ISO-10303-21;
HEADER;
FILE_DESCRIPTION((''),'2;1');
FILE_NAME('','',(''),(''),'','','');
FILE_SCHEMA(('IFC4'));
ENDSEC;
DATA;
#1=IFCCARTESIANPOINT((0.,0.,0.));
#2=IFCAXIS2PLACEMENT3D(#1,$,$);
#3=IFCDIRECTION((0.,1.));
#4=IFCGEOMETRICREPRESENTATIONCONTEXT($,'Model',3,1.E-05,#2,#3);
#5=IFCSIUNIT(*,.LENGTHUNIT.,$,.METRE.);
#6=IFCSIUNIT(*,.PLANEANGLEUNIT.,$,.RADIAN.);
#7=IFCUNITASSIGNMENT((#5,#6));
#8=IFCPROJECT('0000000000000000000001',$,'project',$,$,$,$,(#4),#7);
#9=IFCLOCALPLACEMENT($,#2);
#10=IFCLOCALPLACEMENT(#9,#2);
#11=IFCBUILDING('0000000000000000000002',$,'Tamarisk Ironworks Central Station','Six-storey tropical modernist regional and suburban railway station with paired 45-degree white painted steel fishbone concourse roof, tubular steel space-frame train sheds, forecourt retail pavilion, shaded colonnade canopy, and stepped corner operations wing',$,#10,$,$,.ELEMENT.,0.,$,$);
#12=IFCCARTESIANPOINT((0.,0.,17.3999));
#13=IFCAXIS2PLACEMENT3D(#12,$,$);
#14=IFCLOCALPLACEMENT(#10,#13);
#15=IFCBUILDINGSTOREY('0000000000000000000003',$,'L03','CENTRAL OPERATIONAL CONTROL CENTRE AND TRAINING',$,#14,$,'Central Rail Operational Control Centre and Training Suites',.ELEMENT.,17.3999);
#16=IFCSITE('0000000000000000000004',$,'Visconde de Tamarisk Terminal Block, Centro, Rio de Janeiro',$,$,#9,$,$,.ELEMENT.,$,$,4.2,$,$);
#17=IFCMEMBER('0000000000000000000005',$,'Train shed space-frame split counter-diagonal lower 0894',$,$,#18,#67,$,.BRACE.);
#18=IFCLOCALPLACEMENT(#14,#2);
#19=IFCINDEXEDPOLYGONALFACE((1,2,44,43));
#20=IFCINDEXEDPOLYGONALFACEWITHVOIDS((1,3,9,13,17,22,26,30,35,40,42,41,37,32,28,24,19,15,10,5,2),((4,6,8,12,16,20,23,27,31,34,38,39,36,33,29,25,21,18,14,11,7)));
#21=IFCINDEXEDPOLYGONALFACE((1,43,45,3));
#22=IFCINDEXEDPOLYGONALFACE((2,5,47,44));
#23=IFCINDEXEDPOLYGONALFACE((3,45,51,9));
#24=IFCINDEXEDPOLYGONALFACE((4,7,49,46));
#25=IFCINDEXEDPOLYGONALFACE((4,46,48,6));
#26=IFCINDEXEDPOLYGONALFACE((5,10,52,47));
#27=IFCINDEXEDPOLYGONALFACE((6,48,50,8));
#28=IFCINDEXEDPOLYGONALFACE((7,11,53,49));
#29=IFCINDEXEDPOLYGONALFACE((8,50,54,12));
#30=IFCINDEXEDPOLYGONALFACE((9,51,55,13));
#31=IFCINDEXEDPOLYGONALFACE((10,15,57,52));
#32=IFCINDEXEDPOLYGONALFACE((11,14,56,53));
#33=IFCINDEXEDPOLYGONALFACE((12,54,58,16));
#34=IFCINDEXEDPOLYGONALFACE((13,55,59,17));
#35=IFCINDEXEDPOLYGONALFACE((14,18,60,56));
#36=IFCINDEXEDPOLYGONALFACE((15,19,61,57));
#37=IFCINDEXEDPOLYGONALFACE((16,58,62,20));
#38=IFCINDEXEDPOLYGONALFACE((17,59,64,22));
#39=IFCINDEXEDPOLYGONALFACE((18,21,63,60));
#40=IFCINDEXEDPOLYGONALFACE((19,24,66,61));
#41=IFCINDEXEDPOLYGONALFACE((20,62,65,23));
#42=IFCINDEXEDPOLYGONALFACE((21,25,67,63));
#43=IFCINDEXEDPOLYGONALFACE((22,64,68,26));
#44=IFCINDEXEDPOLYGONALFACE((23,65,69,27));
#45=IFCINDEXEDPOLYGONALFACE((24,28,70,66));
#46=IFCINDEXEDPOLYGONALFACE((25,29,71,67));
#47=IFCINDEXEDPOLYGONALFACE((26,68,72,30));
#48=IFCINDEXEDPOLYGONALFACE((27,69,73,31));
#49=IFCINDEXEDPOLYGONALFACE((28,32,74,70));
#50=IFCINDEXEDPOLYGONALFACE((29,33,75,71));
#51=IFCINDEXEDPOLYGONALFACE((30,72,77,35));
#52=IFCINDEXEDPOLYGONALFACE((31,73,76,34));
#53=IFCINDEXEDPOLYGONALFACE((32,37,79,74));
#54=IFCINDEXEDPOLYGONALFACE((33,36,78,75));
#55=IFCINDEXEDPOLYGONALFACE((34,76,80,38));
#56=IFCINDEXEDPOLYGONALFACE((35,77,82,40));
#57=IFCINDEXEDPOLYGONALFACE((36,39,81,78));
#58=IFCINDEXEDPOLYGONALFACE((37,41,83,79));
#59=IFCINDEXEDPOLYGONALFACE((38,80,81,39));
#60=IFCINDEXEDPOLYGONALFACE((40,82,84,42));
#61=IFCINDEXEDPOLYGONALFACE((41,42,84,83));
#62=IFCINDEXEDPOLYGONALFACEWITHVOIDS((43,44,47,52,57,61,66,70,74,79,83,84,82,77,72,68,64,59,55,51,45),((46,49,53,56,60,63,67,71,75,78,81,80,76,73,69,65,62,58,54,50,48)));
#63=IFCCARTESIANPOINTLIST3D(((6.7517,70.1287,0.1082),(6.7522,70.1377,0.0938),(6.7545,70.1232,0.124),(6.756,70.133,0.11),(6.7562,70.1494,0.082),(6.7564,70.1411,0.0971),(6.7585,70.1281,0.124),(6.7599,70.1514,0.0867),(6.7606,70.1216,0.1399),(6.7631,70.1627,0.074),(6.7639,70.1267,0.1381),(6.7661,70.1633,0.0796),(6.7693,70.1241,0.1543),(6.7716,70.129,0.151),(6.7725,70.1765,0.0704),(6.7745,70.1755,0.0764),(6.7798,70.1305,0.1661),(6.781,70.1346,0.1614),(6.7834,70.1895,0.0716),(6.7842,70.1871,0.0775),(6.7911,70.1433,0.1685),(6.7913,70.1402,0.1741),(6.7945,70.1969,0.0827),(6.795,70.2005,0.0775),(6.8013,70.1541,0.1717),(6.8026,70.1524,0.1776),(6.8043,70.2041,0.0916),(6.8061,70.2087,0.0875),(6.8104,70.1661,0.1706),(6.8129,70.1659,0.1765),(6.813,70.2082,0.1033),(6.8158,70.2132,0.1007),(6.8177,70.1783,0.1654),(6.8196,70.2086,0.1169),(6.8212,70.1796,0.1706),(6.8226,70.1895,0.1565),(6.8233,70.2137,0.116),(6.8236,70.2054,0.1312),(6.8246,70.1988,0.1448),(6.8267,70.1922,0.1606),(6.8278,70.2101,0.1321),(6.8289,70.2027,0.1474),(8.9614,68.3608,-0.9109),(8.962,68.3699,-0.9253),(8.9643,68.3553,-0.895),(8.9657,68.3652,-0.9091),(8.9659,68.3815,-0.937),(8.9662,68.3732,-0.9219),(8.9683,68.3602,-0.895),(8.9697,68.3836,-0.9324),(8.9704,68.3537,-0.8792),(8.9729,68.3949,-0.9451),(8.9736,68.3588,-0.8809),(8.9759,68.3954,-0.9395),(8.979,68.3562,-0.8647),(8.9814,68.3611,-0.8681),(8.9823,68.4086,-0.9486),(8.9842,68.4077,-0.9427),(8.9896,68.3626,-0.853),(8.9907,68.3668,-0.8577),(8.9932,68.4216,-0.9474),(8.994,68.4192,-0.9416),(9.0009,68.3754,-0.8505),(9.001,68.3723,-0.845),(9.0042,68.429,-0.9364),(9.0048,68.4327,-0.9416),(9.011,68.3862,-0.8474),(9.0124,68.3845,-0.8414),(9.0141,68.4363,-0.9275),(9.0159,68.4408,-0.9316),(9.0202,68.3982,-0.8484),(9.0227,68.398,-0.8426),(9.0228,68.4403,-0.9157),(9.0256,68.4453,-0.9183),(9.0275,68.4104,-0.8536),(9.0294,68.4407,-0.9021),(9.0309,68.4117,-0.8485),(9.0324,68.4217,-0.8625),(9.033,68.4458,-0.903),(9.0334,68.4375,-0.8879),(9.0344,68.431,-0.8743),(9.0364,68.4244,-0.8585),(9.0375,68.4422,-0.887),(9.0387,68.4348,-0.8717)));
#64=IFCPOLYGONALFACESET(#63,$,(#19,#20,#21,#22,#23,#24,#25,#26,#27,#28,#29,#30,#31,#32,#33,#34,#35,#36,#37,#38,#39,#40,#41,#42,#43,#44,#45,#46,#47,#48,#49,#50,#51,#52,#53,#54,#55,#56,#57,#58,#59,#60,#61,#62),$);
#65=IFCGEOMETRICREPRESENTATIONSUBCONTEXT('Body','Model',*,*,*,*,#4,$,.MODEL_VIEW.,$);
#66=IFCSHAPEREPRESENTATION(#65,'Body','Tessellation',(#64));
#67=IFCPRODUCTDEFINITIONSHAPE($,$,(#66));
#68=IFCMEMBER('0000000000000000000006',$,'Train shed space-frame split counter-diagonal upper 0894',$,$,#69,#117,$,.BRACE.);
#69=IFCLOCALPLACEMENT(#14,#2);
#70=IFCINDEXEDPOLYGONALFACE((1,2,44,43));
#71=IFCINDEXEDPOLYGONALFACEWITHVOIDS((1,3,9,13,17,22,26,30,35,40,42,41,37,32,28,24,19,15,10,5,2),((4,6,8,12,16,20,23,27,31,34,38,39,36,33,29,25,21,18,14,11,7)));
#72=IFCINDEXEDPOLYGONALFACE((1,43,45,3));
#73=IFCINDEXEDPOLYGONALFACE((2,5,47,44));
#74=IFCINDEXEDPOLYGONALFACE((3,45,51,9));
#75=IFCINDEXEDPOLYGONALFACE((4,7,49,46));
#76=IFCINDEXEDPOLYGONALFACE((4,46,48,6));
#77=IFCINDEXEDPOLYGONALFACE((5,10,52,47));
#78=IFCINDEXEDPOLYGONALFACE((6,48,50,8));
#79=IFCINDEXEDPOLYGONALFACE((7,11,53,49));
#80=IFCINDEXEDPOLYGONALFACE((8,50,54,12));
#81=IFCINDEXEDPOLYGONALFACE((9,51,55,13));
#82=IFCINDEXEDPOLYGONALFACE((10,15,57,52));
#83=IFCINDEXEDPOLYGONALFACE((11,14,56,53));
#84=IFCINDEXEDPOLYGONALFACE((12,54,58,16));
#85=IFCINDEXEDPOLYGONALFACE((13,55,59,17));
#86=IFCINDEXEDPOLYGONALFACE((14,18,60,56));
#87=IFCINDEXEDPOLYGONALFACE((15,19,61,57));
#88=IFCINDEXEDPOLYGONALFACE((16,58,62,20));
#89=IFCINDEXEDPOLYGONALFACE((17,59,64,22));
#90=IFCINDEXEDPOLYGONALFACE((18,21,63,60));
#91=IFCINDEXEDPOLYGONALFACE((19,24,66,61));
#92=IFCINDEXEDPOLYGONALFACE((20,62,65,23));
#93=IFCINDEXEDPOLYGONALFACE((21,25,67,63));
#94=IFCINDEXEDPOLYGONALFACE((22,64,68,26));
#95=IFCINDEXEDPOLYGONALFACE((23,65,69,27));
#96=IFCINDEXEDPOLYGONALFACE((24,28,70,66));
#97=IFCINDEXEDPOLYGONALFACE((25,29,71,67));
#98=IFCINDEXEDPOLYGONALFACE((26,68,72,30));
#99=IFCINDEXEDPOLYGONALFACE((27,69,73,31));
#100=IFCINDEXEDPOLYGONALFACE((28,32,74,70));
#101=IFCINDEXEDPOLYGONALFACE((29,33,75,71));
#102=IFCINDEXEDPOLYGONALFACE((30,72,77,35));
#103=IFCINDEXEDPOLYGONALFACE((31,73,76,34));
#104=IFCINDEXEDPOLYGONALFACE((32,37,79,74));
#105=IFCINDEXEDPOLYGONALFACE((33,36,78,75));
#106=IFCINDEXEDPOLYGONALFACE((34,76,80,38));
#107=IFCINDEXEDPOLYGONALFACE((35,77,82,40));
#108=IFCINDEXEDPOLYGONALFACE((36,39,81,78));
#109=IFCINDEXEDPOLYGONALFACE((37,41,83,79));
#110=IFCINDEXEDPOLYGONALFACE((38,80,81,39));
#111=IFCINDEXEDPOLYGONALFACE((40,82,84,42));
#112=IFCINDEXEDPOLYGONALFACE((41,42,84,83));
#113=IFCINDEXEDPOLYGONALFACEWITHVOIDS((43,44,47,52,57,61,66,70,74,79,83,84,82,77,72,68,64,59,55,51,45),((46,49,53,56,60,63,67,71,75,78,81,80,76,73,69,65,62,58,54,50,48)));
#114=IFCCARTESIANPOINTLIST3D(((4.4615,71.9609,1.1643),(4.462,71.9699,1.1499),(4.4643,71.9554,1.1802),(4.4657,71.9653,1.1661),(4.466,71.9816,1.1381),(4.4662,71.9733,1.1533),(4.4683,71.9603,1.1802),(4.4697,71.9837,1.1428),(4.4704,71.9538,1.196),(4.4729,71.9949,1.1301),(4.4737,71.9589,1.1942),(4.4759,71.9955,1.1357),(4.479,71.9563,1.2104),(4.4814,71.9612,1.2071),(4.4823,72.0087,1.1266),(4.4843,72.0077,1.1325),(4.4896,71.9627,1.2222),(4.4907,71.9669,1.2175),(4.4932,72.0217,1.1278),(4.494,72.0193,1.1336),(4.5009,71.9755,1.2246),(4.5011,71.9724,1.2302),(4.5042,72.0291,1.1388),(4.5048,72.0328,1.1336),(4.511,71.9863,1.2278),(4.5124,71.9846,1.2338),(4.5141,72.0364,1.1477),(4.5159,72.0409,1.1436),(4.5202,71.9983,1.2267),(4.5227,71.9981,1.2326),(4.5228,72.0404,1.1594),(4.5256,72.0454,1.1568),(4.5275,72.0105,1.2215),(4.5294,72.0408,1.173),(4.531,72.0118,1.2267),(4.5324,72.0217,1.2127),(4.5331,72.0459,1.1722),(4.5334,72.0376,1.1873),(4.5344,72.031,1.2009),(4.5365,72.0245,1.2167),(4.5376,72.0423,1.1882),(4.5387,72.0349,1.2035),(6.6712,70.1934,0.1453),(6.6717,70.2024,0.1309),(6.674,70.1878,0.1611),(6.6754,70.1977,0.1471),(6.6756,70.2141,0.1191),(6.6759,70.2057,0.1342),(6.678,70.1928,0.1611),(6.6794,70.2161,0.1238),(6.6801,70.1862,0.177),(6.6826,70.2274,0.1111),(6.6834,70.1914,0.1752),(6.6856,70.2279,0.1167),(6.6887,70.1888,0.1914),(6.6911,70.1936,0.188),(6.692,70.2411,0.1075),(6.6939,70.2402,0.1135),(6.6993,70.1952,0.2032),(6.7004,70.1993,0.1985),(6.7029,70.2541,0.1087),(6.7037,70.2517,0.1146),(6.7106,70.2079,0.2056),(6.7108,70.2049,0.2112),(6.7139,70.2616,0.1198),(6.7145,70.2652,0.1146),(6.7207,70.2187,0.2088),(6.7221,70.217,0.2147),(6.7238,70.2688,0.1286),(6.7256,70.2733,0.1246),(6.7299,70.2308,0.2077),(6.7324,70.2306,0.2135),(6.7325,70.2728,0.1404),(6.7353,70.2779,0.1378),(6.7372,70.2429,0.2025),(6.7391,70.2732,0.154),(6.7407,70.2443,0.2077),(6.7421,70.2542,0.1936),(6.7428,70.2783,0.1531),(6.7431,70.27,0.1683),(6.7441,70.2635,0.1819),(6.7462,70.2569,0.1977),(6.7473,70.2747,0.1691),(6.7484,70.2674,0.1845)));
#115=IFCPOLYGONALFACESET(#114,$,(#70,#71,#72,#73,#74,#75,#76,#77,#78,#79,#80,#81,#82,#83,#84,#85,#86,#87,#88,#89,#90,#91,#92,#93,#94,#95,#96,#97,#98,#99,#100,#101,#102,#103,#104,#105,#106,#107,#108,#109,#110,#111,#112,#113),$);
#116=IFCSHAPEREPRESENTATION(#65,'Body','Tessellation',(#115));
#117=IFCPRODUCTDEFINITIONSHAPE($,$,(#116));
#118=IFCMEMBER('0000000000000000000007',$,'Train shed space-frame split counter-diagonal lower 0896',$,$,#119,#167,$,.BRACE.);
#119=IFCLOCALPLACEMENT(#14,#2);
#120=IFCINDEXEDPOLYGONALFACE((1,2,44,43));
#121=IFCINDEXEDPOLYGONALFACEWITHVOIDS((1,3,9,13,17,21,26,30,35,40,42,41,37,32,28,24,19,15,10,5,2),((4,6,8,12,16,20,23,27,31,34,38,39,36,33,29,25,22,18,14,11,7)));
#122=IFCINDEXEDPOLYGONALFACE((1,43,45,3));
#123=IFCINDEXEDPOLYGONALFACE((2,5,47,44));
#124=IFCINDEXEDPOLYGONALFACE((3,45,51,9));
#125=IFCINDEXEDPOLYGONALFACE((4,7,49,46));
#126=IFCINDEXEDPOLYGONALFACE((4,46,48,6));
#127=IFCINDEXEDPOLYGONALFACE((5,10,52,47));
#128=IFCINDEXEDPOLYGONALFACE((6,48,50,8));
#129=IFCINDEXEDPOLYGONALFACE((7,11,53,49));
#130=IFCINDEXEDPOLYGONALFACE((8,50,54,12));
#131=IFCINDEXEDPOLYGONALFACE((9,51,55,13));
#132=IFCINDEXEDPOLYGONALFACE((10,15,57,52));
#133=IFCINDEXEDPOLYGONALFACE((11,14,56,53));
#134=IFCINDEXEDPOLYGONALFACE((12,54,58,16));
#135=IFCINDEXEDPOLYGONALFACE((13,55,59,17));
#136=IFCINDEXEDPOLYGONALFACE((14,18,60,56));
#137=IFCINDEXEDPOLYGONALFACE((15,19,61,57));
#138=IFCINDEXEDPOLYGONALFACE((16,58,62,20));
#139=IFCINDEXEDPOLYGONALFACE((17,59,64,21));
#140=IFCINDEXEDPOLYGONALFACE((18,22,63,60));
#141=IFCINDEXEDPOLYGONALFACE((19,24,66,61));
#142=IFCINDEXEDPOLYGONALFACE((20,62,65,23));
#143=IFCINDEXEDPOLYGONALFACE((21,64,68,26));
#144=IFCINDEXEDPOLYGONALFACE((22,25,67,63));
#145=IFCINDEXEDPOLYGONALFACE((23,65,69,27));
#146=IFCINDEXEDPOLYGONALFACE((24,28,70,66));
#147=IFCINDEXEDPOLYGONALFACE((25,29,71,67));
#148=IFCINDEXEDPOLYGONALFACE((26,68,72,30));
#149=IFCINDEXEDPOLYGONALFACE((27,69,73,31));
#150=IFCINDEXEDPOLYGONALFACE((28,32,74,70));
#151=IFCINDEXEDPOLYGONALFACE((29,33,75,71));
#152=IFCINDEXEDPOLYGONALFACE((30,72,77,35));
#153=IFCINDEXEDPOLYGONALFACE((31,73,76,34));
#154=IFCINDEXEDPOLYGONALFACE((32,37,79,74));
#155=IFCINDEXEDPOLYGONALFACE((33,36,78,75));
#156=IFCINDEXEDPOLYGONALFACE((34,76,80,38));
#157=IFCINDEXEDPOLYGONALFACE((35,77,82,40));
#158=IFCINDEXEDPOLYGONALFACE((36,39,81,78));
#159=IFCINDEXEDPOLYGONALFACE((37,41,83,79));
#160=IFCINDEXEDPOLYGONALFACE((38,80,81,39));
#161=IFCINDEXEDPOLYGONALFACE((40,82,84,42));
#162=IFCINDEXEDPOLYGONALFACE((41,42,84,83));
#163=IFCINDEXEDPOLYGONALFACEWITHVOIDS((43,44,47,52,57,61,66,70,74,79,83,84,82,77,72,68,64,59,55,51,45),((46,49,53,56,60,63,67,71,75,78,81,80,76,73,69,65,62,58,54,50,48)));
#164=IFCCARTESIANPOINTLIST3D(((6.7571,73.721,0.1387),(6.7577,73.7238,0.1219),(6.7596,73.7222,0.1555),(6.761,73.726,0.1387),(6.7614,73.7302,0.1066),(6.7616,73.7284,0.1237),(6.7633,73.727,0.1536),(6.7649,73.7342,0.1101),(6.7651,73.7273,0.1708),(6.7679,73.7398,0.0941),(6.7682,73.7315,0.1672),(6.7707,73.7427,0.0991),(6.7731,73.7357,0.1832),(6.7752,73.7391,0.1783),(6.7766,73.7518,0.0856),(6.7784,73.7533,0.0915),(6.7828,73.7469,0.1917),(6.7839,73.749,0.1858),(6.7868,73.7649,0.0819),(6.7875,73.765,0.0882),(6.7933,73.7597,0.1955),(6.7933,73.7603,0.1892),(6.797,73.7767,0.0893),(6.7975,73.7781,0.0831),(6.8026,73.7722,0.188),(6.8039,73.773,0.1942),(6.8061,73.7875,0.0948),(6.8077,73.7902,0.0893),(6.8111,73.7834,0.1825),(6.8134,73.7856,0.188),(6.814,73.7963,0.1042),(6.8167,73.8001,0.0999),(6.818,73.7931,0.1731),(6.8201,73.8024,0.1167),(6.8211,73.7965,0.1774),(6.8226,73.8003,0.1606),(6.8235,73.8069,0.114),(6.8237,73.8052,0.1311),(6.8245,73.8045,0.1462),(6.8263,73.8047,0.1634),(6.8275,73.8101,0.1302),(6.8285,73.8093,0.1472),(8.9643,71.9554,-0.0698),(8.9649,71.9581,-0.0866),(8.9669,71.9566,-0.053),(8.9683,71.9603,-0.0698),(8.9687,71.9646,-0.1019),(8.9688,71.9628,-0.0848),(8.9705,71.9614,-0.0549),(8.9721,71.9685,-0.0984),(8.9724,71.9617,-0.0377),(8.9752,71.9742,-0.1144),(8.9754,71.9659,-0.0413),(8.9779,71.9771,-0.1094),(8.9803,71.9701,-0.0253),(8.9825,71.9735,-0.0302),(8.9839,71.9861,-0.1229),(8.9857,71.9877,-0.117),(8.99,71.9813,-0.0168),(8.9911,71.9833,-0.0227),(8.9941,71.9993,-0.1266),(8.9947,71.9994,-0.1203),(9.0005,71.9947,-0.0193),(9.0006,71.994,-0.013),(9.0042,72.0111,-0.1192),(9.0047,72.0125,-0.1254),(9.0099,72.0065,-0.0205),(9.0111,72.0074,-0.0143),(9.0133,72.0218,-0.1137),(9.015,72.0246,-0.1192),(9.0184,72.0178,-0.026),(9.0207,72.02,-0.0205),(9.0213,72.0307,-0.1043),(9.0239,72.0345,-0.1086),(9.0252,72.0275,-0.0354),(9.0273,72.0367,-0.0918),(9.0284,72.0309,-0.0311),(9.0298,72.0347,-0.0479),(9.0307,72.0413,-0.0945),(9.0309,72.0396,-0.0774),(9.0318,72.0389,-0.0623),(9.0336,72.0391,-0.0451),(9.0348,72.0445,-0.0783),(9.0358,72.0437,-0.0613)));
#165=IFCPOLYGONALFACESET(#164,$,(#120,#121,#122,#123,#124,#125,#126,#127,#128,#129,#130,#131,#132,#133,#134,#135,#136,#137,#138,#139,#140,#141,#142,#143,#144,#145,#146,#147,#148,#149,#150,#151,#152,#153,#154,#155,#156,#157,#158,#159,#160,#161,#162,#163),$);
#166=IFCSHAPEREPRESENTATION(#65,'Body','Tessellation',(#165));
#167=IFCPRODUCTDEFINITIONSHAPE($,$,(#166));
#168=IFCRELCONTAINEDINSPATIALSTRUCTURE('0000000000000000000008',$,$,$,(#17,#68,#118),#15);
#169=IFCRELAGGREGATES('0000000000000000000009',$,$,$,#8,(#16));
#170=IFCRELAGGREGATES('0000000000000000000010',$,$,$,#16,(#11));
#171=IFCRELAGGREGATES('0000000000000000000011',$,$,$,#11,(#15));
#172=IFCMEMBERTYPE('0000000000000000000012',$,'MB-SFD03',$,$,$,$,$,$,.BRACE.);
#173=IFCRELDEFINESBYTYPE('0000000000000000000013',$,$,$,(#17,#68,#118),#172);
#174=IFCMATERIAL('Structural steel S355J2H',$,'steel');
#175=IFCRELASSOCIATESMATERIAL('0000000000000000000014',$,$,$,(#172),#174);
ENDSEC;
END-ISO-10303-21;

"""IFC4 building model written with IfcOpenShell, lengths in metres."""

from ifc_helpers import new_model, si_unit, direction, frame, origin, origin_2d, place, context, subcontext, project, spatial, hollow_circle, extrude, material, material_profile, profile_set, type_object, element, save


model = new_model("IFC4")

# Units and contexts
model_context = context("Model", 3, precision=1e-05, world=origin(), true_north=direction((0.0, 1.0)))
body_context = subcontext(model_context, "Body", "Model", "MODEL_VIEW")
ifc_project = project(units=[si_unit("LENGTHUNIT", "METRE"), si_unit("PLANEANGLEUNIT", "RADIAN")], contexts=[model_context])

# Site, building, storey
site_placement = place(None, origin())
site = spatial("IfcSite", under=ifc_project, at=site_placement, Name="Visconde de Tamarisk Terminal Block, Centro, Rio de Janeiro", CompositionType="ELEMENT", RefElevation=4.2)
building_placement = place(site_placement, origin())
building = spatial("IfcBuilding", under=site, at=building_placement, Name="Tamarisk Ironworks Central Station", Description="Six-storey tropical modernist regional and suburban railway station with paired 45-degree white painted steel fishbone concourse roof, tubular steel space-frame train sheds, forecourt retail pavilion, shaded colonnade canopy, and stepped corner operations wing", CompositionType="ELEMENT", ElevationOfRefHeight=0.0)
storey_placement = place(building_placement, frame((0.0, 0.0, 17.3999)))
storey = spatial("IfcBuildingStorey", under=building, at=storey_placement, Name="L03", Description="CENTRAL OPERATIONAL CONTROL CENTRE AND TRAINING", LongName="Central Rail Operational Control Centre and Training Suites", CompositionType="ELEMENT", Elevation=17.3999)

# Members
ifc_material = material(Name="Structural steel S355J2H", Category="steel")
ifc_material_profile_1 = material_profile(ifc_material, hollow_circle(Radius=0.0571, WallThickness=0.0063, at=origin_2d()), Name="CHS 114.3x6.3")
ifc_profile_set_1 = profile_set([ifc_material_profile_1], Name="Structural steel S355J2H")
member_type_1 = type_object("IfcMemberType", Name="MB-SFD03", PredefinedType="BRACE", material=ifc_profile_set_1)
member_1_placement = place(storey_placement, frame((9.0, 68.3999, -0.895), z_axis=(-0.734677, 0.587758, 0.338807), x_axis=(-0.624706, -0.78086, 0.0)))
element("IfcMember", 1, at=member_1_placement, inside=storey, type_object=member_type_1, Name="Train shed space-frame split counter-diagonal lower 0894", PredefinedType="BRACE", context=body_context, shape_type="SweptSolid", body=[
    extrude(hollow_circle(Radius=0.0571, WallThickness=0.0063, at=origin_2d()), origin(), (0.0, 0.0, 1.0), 3.0078),
])
member_2_placement = place(storey_placement, frame((6.7097, 70.2324, 0.1611), z_axis=(-0.734712, 0.587705, 0.338823), x_axis=(-0.624653, -0.780902, 0.0)))
element("IfcMember", 2, at=member_2_placement, inside=storey, type_object=member_type_1, Name="Train shed space-frame split counter-diagonal upper 0894", PredefinedType="BRACE", context=body_context, shape_type="SweptSolid", body=[
    extrude(hollow_circle(Radius=0.0571, WallThickness=0.0063, at=origin_2d()), origin(), (0.0, 0.0, 1.0), 3.0076),
])
member_3_placement = place(storey_placement, frame((9.0, 72.0, -0.0698), z_axis=(-0.778787, 0.62296, 0.073563), x_axis=(-0.624653, -0.780903, 0.0)))
element("IfcMember", 3, at=member_3_placement, inside=storey, type_object=member_type_1, Name="Train shed space-frame split counter-diagonal lower 0896", PredefinedType="BRACE", context=body_context, shape_type="SweptSolid", body=[
    extrude(hollow_circle(Radius=0.0571, WallThickness=0.0063, at=origin_2d()), origin(), (0.0, 0.0, 1.0), 2.8342),
])

save(model, "model.ifc")
